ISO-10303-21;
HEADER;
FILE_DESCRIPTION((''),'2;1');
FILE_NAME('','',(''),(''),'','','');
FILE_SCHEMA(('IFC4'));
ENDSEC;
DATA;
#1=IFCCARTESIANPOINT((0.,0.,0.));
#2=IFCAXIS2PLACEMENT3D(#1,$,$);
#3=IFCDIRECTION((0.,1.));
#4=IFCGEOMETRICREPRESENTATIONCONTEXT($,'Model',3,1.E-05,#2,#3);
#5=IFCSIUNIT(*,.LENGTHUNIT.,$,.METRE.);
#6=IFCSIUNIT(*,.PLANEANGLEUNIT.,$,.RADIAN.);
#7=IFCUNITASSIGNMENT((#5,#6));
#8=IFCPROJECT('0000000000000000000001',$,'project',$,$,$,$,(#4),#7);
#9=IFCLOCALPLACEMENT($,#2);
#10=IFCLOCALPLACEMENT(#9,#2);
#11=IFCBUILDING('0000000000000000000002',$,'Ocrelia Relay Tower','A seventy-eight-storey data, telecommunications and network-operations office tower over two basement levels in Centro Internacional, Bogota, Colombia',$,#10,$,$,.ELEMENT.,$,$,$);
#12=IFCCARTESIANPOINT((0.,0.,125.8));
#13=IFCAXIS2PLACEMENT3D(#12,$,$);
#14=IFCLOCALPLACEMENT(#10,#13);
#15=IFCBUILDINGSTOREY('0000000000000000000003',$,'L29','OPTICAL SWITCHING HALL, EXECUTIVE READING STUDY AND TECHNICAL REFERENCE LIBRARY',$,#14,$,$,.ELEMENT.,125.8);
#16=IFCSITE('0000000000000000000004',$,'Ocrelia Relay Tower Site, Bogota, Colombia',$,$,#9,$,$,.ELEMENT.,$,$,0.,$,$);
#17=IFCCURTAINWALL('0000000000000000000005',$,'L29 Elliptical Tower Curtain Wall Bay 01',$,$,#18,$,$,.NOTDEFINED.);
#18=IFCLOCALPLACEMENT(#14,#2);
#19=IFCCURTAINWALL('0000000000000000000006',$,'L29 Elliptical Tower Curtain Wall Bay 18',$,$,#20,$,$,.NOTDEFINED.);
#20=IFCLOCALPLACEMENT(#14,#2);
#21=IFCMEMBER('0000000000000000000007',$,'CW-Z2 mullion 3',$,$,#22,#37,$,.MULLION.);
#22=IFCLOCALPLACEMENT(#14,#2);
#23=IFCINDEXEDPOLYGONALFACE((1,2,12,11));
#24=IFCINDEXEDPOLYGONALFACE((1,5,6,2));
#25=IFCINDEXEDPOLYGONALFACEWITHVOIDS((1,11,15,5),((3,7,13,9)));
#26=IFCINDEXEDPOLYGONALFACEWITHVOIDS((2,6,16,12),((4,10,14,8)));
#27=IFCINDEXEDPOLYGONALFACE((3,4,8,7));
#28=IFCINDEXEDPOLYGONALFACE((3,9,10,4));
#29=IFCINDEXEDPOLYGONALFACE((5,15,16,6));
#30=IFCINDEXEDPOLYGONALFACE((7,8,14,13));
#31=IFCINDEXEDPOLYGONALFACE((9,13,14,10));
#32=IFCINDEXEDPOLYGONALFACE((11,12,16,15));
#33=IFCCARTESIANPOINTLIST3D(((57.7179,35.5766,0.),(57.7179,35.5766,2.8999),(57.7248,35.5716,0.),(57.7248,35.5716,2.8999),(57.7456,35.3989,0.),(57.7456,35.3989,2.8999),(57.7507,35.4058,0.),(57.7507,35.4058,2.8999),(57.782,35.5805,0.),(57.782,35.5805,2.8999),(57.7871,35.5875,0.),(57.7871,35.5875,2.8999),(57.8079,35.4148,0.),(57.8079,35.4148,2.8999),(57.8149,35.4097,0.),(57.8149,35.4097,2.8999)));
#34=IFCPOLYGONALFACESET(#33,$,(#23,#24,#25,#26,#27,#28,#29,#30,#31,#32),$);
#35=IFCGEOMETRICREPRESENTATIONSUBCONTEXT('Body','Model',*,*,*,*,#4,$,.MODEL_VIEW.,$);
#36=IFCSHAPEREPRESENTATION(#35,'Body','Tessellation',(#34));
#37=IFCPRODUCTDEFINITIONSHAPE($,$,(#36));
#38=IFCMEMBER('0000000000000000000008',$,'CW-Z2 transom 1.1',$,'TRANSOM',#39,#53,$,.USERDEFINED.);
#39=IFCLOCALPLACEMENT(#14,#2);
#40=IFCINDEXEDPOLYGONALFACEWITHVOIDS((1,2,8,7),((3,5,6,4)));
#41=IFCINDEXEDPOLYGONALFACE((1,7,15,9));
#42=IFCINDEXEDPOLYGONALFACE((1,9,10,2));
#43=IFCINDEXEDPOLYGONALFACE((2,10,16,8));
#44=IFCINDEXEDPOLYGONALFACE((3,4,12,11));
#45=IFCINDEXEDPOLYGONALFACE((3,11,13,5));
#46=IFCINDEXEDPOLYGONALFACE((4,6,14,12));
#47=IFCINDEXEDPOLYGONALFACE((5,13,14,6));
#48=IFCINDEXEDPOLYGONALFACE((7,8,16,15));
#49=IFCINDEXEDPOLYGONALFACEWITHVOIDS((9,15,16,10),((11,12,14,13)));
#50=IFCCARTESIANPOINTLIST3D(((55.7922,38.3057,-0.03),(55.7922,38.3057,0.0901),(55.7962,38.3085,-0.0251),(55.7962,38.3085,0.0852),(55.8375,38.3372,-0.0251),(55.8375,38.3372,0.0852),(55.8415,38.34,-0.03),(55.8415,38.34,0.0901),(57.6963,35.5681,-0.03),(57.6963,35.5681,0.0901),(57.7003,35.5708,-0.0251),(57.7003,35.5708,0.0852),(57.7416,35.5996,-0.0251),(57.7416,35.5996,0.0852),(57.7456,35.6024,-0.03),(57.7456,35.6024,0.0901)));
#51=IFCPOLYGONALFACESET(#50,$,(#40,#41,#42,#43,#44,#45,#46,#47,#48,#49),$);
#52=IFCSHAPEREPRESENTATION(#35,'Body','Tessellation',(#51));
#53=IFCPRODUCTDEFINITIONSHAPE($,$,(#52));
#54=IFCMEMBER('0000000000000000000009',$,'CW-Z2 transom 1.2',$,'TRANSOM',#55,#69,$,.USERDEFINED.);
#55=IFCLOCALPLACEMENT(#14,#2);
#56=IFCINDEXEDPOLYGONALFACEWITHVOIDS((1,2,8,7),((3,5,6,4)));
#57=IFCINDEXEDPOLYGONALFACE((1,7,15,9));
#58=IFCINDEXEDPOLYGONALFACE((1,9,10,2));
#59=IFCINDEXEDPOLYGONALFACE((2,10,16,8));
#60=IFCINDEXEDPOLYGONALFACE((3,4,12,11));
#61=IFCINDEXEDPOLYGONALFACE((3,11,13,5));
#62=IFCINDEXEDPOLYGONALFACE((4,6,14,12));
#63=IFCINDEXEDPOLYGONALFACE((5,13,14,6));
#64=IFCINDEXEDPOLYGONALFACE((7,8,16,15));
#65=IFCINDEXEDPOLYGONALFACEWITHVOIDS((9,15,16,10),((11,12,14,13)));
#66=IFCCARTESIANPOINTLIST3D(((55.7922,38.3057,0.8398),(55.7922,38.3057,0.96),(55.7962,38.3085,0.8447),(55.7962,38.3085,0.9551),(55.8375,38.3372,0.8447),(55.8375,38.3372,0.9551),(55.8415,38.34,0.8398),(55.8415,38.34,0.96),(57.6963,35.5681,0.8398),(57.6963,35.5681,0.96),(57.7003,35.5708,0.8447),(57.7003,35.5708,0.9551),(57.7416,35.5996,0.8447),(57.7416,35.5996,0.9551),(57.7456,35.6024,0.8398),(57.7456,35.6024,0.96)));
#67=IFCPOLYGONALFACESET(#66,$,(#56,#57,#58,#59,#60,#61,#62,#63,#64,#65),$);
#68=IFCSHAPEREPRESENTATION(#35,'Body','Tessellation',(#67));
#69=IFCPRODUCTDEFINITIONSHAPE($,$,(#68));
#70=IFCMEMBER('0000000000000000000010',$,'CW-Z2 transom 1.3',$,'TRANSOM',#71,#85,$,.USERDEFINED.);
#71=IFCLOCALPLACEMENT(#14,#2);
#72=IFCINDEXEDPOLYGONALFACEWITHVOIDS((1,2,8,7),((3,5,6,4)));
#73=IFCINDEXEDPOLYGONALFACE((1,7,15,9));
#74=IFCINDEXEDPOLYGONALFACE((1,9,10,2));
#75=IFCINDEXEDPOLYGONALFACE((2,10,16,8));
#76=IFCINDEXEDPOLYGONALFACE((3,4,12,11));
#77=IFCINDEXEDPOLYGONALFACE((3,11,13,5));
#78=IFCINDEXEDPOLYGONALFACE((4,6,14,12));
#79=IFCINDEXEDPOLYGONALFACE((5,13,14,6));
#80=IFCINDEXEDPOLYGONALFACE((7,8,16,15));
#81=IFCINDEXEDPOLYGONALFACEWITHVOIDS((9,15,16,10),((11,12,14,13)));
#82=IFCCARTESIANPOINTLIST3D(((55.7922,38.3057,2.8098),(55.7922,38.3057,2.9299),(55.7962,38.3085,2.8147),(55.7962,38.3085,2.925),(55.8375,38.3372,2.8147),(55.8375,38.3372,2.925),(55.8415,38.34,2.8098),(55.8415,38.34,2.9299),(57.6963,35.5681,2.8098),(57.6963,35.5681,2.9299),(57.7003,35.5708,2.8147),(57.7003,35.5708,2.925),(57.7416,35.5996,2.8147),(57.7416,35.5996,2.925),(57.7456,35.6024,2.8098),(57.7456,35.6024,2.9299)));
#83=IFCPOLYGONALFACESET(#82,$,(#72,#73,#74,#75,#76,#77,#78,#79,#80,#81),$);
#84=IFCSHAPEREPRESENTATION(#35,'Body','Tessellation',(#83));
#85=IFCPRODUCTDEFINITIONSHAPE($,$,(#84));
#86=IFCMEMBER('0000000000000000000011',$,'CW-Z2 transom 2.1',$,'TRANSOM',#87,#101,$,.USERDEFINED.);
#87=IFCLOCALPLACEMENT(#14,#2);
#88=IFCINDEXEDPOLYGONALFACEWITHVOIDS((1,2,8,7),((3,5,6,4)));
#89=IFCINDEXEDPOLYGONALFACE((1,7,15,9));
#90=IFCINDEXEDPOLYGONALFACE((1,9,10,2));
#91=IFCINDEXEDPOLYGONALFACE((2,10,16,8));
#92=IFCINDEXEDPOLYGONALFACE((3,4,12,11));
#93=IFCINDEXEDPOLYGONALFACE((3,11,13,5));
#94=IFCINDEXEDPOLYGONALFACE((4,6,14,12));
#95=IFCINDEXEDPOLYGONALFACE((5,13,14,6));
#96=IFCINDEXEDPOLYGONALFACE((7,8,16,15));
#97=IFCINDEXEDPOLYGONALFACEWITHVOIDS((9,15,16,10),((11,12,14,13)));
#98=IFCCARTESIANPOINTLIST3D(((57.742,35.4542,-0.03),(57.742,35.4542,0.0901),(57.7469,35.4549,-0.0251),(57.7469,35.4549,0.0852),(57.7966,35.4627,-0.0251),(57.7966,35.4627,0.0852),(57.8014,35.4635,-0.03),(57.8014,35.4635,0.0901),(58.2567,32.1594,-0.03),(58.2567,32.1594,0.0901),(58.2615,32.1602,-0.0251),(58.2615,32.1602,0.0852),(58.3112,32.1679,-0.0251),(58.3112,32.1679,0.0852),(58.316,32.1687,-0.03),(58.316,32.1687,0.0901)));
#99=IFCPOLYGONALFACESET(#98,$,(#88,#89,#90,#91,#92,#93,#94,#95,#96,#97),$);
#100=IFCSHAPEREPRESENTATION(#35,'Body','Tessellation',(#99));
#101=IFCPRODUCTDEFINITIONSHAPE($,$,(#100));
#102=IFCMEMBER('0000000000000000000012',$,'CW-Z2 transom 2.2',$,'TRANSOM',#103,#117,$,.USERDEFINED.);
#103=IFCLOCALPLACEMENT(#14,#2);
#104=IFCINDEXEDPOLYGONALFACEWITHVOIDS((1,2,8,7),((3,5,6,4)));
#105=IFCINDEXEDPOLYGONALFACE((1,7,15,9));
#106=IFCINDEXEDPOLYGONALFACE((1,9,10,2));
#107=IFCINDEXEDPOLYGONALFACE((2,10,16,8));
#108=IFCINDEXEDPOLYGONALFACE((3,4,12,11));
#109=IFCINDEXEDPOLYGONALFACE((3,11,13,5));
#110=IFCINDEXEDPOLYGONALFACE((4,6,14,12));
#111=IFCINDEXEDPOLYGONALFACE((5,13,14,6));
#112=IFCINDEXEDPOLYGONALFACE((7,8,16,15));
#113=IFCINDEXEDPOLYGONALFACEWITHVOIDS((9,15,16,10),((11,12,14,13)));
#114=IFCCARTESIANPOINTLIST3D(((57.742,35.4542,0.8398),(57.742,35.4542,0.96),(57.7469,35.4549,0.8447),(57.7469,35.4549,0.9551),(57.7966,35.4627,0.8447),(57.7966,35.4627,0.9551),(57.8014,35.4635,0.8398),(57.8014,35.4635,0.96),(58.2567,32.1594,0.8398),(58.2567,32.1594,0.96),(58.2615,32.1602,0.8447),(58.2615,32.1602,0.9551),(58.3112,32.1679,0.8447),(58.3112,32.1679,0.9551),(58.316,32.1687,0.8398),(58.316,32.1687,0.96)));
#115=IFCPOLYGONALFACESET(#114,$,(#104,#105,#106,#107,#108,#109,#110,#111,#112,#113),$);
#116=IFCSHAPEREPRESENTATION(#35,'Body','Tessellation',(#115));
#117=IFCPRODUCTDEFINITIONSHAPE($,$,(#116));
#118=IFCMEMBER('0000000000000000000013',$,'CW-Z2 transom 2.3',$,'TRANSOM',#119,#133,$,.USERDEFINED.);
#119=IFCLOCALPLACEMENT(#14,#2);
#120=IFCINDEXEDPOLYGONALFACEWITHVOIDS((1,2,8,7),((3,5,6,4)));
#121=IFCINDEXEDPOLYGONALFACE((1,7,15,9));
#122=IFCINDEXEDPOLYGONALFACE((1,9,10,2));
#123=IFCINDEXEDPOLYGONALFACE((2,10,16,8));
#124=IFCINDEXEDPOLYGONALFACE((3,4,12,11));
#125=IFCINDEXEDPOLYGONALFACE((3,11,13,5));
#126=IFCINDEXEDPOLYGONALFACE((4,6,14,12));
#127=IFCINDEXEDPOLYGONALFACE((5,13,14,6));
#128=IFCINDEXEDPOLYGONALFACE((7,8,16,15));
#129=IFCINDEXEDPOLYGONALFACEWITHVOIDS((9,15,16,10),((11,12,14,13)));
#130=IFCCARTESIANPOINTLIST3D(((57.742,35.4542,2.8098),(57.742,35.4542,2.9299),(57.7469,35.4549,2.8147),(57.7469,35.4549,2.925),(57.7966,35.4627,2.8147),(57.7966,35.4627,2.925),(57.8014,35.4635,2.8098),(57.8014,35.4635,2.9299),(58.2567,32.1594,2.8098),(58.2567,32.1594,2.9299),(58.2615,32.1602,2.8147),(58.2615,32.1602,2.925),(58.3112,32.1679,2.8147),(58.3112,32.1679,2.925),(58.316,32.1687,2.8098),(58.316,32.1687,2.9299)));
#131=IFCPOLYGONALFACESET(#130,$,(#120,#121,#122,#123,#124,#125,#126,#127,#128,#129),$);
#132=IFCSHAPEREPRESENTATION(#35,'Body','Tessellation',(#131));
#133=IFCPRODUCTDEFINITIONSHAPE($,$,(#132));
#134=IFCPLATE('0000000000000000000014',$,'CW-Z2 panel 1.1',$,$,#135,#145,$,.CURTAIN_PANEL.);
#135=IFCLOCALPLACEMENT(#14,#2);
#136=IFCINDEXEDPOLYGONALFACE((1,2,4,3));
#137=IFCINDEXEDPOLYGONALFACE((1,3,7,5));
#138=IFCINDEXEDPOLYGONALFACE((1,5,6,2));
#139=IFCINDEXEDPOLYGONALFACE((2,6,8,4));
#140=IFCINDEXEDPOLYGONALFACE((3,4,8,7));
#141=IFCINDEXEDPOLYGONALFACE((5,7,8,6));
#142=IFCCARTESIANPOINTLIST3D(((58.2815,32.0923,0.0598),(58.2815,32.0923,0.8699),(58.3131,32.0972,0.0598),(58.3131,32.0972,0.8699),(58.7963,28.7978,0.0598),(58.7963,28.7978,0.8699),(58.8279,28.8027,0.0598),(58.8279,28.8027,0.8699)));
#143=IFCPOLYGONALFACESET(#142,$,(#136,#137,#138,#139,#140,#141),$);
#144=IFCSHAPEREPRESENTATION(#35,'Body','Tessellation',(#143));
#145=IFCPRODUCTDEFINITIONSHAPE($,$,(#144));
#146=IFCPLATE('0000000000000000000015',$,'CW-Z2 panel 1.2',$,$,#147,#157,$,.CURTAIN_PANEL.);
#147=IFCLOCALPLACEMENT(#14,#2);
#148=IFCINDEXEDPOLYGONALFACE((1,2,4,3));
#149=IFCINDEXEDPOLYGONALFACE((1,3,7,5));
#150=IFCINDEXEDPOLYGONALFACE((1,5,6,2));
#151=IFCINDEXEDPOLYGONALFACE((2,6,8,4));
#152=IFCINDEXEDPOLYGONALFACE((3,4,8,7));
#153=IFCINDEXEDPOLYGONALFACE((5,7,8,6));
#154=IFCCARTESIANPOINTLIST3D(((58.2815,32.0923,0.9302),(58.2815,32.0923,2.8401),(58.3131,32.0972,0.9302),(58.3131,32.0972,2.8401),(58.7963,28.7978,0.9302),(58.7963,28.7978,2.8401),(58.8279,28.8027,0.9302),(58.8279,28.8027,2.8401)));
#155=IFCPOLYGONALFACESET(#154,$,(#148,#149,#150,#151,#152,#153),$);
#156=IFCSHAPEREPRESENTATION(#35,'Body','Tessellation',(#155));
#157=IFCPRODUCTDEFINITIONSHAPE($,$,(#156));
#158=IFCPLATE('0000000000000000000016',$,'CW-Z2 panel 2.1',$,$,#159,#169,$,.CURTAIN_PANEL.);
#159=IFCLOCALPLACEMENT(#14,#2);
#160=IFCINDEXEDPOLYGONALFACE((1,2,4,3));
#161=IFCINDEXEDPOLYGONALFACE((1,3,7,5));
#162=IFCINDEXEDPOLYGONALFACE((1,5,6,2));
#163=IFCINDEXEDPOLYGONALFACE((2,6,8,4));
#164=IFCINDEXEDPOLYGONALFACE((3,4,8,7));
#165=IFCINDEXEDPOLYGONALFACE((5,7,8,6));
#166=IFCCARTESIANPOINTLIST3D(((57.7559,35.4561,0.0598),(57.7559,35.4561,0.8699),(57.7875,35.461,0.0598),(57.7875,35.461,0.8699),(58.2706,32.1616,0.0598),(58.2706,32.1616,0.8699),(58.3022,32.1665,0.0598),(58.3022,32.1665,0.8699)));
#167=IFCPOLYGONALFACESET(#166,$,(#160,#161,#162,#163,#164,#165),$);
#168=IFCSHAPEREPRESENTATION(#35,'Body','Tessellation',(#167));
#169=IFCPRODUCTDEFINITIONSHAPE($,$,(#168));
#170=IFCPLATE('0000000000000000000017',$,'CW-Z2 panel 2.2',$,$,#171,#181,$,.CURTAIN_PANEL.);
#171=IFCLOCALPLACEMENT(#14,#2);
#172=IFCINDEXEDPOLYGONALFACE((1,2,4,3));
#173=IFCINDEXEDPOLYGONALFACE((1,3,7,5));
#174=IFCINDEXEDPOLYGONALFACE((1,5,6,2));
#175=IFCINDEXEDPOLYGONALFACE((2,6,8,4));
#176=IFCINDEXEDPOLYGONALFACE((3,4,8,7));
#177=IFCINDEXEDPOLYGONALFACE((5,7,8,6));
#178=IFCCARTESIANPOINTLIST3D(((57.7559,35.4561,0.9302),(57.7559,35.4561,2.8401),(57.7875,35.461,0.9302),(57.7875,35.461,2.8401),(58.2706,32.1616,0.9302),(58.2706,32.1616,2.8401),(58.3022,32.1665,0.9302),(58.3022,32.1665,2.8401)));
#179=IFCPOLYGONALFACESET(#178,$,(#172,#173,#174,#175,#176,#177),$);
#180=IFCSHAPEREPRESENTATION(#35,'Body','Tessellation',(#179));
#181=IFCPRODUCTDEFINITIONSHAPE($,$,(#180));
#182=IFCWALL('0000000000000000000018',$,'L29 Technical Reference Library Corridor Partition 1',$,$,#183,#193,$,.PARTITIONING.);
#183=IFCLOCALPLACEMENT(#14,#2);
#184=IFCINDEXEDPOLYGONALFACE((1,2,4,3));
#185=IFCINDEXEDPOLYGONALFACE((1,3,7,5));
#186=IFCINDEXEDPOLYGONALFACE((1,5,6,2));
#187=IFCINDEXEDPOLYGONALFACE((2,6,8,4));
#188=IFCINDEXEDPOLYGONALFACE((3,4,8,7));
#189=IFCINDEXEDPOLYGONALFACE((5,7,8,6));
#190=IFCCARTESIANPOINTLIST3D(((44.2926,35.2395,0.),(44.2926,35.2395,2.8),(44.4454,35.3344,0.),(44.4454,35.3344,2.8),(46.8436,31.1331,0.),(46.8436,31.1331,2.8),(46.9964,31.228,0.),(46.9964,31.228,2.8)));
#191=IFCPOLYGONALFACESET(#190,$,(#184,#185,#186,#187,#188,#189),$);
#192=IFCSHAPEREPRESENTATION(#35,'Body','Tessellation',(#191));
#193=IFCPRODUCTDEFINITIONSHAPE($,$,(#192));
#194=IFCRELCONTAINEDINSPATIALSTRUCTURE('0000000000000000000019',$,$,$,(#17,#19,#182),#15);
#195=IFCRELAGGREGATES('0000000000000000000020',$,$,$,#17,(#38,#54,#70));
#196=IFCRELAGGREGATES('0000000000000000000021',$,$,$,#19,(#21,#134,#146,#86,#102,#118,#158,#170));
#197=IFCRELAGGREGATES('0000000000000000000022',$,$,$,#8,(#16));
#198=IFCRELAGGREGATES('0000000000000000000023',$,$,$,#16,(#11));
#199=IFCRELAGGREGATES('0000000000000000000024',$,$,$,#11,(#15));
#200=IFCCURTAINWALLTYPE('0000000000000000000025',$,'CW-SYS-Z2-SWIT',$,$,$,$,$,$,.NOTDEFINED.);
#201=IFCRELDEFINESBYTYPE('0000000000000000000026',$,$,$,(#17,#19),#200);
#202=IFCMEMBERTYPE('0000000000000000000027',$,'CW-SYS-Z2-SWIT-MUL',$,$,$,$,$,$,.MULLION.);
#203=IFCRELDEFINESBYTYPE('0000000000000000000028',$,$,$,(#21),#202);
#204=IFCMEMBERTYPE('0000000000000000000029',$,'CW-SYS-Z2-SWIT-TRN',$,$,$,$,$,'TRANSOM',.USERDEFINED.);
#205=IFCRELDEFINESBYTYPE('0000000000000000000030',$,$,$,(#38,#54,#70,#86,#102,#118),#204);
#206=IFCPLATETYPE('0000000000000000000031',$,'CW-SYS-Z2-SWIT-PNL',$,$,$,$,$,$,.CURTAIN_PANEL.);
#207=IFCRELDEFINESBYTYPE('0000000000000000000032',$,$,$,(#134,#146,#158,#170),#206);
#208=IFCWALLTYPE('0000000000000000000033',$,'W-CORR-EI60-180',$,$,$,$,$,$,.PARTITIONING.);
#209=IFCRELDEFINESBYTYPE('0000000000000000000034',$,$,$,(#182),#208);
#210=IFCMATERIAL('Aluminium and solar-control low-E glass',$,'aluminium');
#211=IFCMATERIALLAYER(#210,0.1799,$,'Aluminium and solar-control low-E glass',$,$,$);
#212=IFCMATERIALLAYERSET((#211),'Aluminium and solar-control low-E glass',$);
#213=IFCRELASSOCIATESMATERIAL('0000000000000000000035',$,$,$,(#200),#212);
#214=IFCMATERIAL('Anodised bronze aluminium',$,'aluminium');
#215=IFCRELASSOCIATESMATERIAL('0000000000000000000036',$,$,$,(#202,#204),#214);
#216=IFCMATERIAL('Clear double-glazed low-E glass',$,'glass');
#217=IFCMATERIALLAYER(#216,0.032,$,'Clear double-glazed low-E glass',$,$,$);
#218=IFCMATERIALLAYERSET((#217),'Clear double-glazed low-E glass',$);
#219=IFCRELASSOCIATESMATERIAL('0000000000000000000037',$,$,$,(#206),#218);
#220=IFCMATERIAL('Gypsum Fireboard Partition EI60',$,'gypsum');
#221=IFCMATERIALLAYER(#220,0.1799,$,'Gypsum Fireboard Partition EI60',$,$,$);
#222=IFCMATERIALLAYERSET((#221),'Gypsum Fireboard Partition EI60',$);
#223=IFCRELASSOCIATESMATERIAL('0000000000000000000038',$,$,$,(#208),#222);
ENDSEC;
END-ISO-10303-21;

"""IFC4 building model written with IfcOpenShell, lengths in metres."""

from ifc_helpers import new_model, si_unit, direction, frame, frame_2d, origin, origin_2d, place, context, subcontext, project, spatial, rectangle, hollow_rectangle, extrude, material, layer, layer_set, material_profile, profile_set, type_object, element, aggregate, save


model = new_model("IFC4")

# Units and contexts
model_context = context("Model", 3, precision=1e-05, world=origin(), true_north=direction((0.0, 1.0)))
body_context = subcontext(model_context, "Body", "Model", "MODEL_VIEW")
ifc_project = project(units=[si_unit("LENGTHUNIT", "METRE"), si_unit("PLANEANGLEUNIT", "RADIAN")], contexts=[model_context])

# Site, building, storey
site_placement = place(None, origin())
site = spatial("IfcSite", under=ifc_project, at=site_placement, Name="Ocrelia Relay Tower Site, Bogota, Colombia", CompositionType="ELEMENT", RefElevation=0.0)
building_placement = place(site_placement, origin())
building = spatial("IfcBuilding", under=site, at=building_placement, Name="Ocrelia Relay Tower", Description="A seventy-eight-storey data, telecommunications and network-operations office tower over two basement levels in Centro Internacional, Bogota, Colombia", CompositionType="ELEMENT")
storey_placement = place(building_placement, frame((0.0, 0.0, 125.8)))
storey = spatial("IfcBuildingStorey", under=building, at=storey_placement, Name="L29", Description="OPTICAL SWITCHING HALL, EXECUTIVE READING STUDY AND TECHNICAL REFERENCE LIBRARY", CompositionType="ELEMENT", Elevation=125.8)

# Curtain wall
ifc_material_1 = material(Name="Aluminium and solar-control low-E glass", Category="aluminium")
ifc_layer_1 = layer(ifc_material_1, 0.1799, Name="Aluminium and solar-control low-E glass")
ifc_layer_set_1 = layer_set([ifc_layer_1], Name="Aluminium and solar-control low-E glass")
curtain_wall_type = type_object("IfcCurtainWallType", Name="CW-SYS-Z2-SWIT", PredefinedType="NOTDEFINED", material=ifc_layer_set_1)
curtain_wall_1_placement = place(storey_placement, origin())
curtain_wall_1 = element("IfcCurtainWall", 1, at=curtain_wall_1_placement, inside=storey, type_object=curtain_wall_type, Name="L29 Elliptical Tower Curtain Wall Bay 01", PredefinedType="NOTDEFINED")
ifc_material_2 = material(Name="Anodised bronze aluminium", Category="aluminium")
ifc_material_profile_1 = material_profile(ifc_material_2, hollow_rectangle(XDim=0.0701, YDim=0.1799, WallThickness=0.0061, at=origin_2d()), Name="CW-MUL-180x70")
ifc_profile_set_1 = profile_set([ifc_material_profile_1], Name="Anodised bronze aluminium")
member_type_1 = type_object("IfcMemberType", Name="CW-SYS-Z2-SWIT-MUL", PredefinedType="MULLION", material=ifc_profile_set_1)

# Curtain wall, member
curtain_wall_2_placement = place(storey_placement, origin())
curtain_wall_2 = element("IfcCurtainWall", 2, at=curtain_wall_2_placement, inside=storey, type_object=curtain_wall_type, Name="L29 Elliptical Tower Curtain Wall Bay 18", PredefinedType="NOTDEFINED")
member_1_placement = place(storey_placement, frame((57.7664, 35.4932, 0.0), z_axis=(0.0, 0.0, 1.0), x_axis=(-0.988012, -0.154379, 0.0)))
member_1 = element("IfcMember", 3, at=member_1_placement, type_object=member_type_1, Name="CW-Z2 mullion 3", PredefinedType="MULLION", context=body_context, shape_type="SweptSolid", body=[
    extrude(hollow_rectangle(XDim=0.0701, YDim=0.1799, WallThickness=0.0061, at=origin_2d()), origin(), (0.0, 0.0, 1.0), 2.8999),
])

# Members
ifc_material_profile_2 = material_profile(ifc_material_2, hollow_rectangle(XDim=0.0601, YDim=0.1201, WallThickness=0.0049, at=origin_2d()), Name="CW-TRN-120x60")
ifc_profile_set_2 = profile_set([ifc_material_profile_2], Name="Anodised bronze aluminium")
member_type_2 = type_object("IfcMemberType", Name="CW-SYS-Z2-SWIT-TRN", ElementType="TRANSOM", PredefinedType="USERDEFINED", material=ifc_profile_set_2)
member_2_placement = place(storey_placement, frame((57.7209, 35.5852, 0.03), z_axis=(-0.570998, 0.820951, 0.0), x_axis=(-0.820951, -0.570998, 0.0)))
member_2 = element("IfcMember", 4, at=member_2_placement, type_object=member_type_2, Name="CW-Z2 transom 1.1", ObjectType="TRANSOM", PredefinedType="USERDEFINED", context=body_context, shape_type="SweptSolid", body=[
    extrude(hollow_rectangle(XDim=0.0601, YDim=0.1201, WallThickness=0.0049, at=origin_2d()), origin(), (0.0, 0.0, 1.0), 3.3347),
])
member_3_placement = place(storey_placement, frame((57.7209, 35.5852, 0.8999), z_axis=(-0.570998, 0.820951, 0.0), x_axis=(-0.820951, -0.570998, 0.0)))
member_3 = element("IfcMember", 5, at=member_3_placement, type_object=member_type_2, Name="CW-Z2 transom 1.2", ObjectType="TRANSOM", PredefinedType="USERDEFINED", context=body_context, shape_type="SweptSolid", body=[
    extrude(hollow_rectangle(XDim=0.0601, YDim=0.1201, WallThickness=0.0049, at=origin_2d()), origin(), (0.0, 0.0, 1.0), 3.3347),
])
member_4_placement = place(storey_placement, frame((57.7209, 35.5852, 2.8699), z_axis=(-0.570998, 0.820951, 0.0), x_axis=(-0.820951, -0.570998, 0.0)))
member_4 = element("IfcMember", 6, at=member_4_placement, type_object=member_type_2, Name="CW-Z2 transom 1.3", ObjectType="TRANSOM", PredefinedType="USERDEFINED", context=body_context, shape_type="SweptSolid", body=[
    extrude(hollow_rectangle(XDim=0.0601, YDim=0.1201, WallThickness=0.0049, at=origin_2d()), origin(), (0.0, 0.0, 1.0), 3.3347),
])
aggregate(curtain_wall_1, [member_2, member_3, member_4])
member_5_placement = place(storey_placement, frame((58.2864, 32.1641, 0.03), z_axis=(-0.154334, 0.988019, 0.0), x_axis=(-0.988019, -0.154334, 0.0)))
member_5 = element("IfcMember", 7, at=member_5_placement, type_object=member_type_2, Name="CW-Z2 transom 2.1", ObjectType="TRANSOM", PredefinedType="USERDEFINED", context=body_context, shape_type="SweptSolid", body=[
    extrude(hollow_rectangle(XDim=0.0601, YDim=0.1201, WallThickness=0.0049, at=origin_2d()), origin(), (0.0, 0.0, 1.0), 3.3347),
])
member_6_placement = place(storey_placement, frame((58.2864, 32.1641, 0.8999), z_axis=(-0.154334, 0.988019, 0.0), x_axis=(-0.988019, -0.154334, 0.0)))
member_6 = element("IfcMember", 8, at=member_6_placement, type_object=member_type_2, Name="CW-Z2 transom 2.2", ObjectType="TRANSOM", PredefinedType="USERDEFINED", context=body_context, shape_type="SweptSolid", body=[
    extrude(hollow_rectangle(XDim=0.0601, YDim=0.1201, WallThickness=0.0049, at=origin_2d()), origin(), (0.0, 0.0, 1.0), 3.3347),
])
member_7_placement = place(storey_placement, frame((58.2864, 32.1641, 2.8699), z_axis=(-0.154334, 0.988019, 0.0), x_axis=(-0.988019, -0.154334, 0.0)))
member_7 = element("IfcMember", 9, at=member_7_placement, type_object=member_type_2, Name="CW-Z2 transom 2.3", ObjectType="TRANSOM", PredefinedType="USERDEFINED", context=body_context, shape_type="SweptSolid", body=[
    extrude(hollow_rectangle(XDim=0.0601, YDim=0.1201, WallThickness=0.0049, at=origin_2d()), origin(), (0.0, 0.0, 1.0), 3.3347),
])

# Plates
ifc_material_3 = material(Name="Clear double-glazed low-E glass", Category="glass")
ifc_layer_2 = layer(ifc_material_3, 0.032, Name="Clear double-glazed low-E glass")
ifc_layer_set_2 = layer_set([ifc_layer_2], Name="Clear double-glazed low-E glass")
plate_type = type_object("IfcPlateType", Name="CW-SYS-Z2-SWIT-PNL", PredefinedType="CURTAIN_PANEL", material=ifc_layer_set_2)
plate_1_placement = place(storey_placement, frame((58.5547, 30.4475, 0.0598), z_axis=(0.0, 0.0, 1.0), x_axis=(-0.154379, 0.988012, 0.0)))
plate_1 = element("IfcPlate", 10, at=plate_1_placement, type_object=plate_type, Name="CW-Z2 panel 1.1", PredefinedType="CURTAIN_PANEL", context=body_context, shape_type="SweptSolid", body=[
    extrude(rectangle(XDim=3.3345, YDim=0.032, at=origin_2d()), origin(), (0.0, 0.0, 1.0), 0.8101),
])
plate_2_placement = place(storey_placement, frame((58.5547, 30.4475, 0.9302), z_axis=(0.0, 0.0, 1.0), x_axis=(-0.154379, 0.988012, 0.0)))
plate_2 = element("IfcPlate", 11, at=plate_2_placement, type_object=plate_type, Name="CW-Z2 panel 1.2", PredefinedType="CURTAIN_PANEL", context=body_context, shape_type="SweptSolid", body=[
    extrude(rectangle(XDim=3.3345, YDim=0.032, at=origin_2d()), origin(), (0.0, 0.0, 1.0), 1.9099),
])
plate_3_placement = place(storey_placement, frame((58.0291, 33.8113, 0.0598), z_axis=(0.0, 0.0, 1.0), x_axis=(-0.154379, 0.988012, 0.0)))
plate_3 = element("IfcPlate", 12, at=plate_3_placement, type_object=plate_type, Name="CW-Z2 panel 2.1", PredefinedType="CURTAIN_PANEL", context=body_context, shape_type="SweptSolid", body=[
    extrude(rectangle(XDim=3.3345, YDim=0.032, at=origin_2d()), origin(), (0.0, 0.0, 1.0), 0.8101),
])
plate_4_placement = place(storey_placement, frame((58.0291, 33.8113, 0.9302), z_axis=(0.0, 0.0, 1.0), x_axis=(-0.154379, 0.988012, 0.0)))
plate_4 = element("IfcPlate", 13, at=plate_4_placement, type_object=plate_type, Name="CW-Z2 panel 2.2", PredefinedType="CURTAIN_PANEL", context=body_context, shape_type="SweptSolid", body=[
    extrude(rectangle(XDim=3.3345, YDim=0.032, at=origin_2d()), origin(), (0.0, 0.0, 1.0), 1.9099),
])
aggregate(curtain_wall_2, [member_1, plate_1, plate_2, member_5, member_6, member_7, plate_3, plate_4])

# Wall
ifc_material_4 = material(Name="Gypsum Fireboard Partition EI60", Category="gypsum")
ifc_layer_3 = layer(ifc_material_4, 0.1799, Name="Gypsum Fireboard Partition EI60")
ifc_layer_set_3 = layer_set([ifc_layer_3], Name="Gypsum Fireboard Partition EI60")
wall_type = type_object("IfcWallType", Name="W-CORR-EI60-180", PredefinedType="PARTITIONING", material=ifc_layer_set_3)
wall_placement = place(storey_placement, frame((46.9199, 31.1807, 0.0), z_axis=(0.0, 0.0, 1.0), x_axis=(-0.527691, 0.849436, 0.0)))
element("IfcWall", 14, at=wall_placement, inside=storey, type_object=wall_type, Name="L29 Technical Reference Library Corridor Partition 1", PredefinedType="PARTITIONING", context=body_context, shape_type="SweptSolid", body=[
    extrude(rectangle(XDim=4.8342, YDim=0.1799, at=frame_2d((2.417, 0.0))), origin(), (0.0, 0.0, 1.0), 2.8),
])

save(model, "model.ifc")
